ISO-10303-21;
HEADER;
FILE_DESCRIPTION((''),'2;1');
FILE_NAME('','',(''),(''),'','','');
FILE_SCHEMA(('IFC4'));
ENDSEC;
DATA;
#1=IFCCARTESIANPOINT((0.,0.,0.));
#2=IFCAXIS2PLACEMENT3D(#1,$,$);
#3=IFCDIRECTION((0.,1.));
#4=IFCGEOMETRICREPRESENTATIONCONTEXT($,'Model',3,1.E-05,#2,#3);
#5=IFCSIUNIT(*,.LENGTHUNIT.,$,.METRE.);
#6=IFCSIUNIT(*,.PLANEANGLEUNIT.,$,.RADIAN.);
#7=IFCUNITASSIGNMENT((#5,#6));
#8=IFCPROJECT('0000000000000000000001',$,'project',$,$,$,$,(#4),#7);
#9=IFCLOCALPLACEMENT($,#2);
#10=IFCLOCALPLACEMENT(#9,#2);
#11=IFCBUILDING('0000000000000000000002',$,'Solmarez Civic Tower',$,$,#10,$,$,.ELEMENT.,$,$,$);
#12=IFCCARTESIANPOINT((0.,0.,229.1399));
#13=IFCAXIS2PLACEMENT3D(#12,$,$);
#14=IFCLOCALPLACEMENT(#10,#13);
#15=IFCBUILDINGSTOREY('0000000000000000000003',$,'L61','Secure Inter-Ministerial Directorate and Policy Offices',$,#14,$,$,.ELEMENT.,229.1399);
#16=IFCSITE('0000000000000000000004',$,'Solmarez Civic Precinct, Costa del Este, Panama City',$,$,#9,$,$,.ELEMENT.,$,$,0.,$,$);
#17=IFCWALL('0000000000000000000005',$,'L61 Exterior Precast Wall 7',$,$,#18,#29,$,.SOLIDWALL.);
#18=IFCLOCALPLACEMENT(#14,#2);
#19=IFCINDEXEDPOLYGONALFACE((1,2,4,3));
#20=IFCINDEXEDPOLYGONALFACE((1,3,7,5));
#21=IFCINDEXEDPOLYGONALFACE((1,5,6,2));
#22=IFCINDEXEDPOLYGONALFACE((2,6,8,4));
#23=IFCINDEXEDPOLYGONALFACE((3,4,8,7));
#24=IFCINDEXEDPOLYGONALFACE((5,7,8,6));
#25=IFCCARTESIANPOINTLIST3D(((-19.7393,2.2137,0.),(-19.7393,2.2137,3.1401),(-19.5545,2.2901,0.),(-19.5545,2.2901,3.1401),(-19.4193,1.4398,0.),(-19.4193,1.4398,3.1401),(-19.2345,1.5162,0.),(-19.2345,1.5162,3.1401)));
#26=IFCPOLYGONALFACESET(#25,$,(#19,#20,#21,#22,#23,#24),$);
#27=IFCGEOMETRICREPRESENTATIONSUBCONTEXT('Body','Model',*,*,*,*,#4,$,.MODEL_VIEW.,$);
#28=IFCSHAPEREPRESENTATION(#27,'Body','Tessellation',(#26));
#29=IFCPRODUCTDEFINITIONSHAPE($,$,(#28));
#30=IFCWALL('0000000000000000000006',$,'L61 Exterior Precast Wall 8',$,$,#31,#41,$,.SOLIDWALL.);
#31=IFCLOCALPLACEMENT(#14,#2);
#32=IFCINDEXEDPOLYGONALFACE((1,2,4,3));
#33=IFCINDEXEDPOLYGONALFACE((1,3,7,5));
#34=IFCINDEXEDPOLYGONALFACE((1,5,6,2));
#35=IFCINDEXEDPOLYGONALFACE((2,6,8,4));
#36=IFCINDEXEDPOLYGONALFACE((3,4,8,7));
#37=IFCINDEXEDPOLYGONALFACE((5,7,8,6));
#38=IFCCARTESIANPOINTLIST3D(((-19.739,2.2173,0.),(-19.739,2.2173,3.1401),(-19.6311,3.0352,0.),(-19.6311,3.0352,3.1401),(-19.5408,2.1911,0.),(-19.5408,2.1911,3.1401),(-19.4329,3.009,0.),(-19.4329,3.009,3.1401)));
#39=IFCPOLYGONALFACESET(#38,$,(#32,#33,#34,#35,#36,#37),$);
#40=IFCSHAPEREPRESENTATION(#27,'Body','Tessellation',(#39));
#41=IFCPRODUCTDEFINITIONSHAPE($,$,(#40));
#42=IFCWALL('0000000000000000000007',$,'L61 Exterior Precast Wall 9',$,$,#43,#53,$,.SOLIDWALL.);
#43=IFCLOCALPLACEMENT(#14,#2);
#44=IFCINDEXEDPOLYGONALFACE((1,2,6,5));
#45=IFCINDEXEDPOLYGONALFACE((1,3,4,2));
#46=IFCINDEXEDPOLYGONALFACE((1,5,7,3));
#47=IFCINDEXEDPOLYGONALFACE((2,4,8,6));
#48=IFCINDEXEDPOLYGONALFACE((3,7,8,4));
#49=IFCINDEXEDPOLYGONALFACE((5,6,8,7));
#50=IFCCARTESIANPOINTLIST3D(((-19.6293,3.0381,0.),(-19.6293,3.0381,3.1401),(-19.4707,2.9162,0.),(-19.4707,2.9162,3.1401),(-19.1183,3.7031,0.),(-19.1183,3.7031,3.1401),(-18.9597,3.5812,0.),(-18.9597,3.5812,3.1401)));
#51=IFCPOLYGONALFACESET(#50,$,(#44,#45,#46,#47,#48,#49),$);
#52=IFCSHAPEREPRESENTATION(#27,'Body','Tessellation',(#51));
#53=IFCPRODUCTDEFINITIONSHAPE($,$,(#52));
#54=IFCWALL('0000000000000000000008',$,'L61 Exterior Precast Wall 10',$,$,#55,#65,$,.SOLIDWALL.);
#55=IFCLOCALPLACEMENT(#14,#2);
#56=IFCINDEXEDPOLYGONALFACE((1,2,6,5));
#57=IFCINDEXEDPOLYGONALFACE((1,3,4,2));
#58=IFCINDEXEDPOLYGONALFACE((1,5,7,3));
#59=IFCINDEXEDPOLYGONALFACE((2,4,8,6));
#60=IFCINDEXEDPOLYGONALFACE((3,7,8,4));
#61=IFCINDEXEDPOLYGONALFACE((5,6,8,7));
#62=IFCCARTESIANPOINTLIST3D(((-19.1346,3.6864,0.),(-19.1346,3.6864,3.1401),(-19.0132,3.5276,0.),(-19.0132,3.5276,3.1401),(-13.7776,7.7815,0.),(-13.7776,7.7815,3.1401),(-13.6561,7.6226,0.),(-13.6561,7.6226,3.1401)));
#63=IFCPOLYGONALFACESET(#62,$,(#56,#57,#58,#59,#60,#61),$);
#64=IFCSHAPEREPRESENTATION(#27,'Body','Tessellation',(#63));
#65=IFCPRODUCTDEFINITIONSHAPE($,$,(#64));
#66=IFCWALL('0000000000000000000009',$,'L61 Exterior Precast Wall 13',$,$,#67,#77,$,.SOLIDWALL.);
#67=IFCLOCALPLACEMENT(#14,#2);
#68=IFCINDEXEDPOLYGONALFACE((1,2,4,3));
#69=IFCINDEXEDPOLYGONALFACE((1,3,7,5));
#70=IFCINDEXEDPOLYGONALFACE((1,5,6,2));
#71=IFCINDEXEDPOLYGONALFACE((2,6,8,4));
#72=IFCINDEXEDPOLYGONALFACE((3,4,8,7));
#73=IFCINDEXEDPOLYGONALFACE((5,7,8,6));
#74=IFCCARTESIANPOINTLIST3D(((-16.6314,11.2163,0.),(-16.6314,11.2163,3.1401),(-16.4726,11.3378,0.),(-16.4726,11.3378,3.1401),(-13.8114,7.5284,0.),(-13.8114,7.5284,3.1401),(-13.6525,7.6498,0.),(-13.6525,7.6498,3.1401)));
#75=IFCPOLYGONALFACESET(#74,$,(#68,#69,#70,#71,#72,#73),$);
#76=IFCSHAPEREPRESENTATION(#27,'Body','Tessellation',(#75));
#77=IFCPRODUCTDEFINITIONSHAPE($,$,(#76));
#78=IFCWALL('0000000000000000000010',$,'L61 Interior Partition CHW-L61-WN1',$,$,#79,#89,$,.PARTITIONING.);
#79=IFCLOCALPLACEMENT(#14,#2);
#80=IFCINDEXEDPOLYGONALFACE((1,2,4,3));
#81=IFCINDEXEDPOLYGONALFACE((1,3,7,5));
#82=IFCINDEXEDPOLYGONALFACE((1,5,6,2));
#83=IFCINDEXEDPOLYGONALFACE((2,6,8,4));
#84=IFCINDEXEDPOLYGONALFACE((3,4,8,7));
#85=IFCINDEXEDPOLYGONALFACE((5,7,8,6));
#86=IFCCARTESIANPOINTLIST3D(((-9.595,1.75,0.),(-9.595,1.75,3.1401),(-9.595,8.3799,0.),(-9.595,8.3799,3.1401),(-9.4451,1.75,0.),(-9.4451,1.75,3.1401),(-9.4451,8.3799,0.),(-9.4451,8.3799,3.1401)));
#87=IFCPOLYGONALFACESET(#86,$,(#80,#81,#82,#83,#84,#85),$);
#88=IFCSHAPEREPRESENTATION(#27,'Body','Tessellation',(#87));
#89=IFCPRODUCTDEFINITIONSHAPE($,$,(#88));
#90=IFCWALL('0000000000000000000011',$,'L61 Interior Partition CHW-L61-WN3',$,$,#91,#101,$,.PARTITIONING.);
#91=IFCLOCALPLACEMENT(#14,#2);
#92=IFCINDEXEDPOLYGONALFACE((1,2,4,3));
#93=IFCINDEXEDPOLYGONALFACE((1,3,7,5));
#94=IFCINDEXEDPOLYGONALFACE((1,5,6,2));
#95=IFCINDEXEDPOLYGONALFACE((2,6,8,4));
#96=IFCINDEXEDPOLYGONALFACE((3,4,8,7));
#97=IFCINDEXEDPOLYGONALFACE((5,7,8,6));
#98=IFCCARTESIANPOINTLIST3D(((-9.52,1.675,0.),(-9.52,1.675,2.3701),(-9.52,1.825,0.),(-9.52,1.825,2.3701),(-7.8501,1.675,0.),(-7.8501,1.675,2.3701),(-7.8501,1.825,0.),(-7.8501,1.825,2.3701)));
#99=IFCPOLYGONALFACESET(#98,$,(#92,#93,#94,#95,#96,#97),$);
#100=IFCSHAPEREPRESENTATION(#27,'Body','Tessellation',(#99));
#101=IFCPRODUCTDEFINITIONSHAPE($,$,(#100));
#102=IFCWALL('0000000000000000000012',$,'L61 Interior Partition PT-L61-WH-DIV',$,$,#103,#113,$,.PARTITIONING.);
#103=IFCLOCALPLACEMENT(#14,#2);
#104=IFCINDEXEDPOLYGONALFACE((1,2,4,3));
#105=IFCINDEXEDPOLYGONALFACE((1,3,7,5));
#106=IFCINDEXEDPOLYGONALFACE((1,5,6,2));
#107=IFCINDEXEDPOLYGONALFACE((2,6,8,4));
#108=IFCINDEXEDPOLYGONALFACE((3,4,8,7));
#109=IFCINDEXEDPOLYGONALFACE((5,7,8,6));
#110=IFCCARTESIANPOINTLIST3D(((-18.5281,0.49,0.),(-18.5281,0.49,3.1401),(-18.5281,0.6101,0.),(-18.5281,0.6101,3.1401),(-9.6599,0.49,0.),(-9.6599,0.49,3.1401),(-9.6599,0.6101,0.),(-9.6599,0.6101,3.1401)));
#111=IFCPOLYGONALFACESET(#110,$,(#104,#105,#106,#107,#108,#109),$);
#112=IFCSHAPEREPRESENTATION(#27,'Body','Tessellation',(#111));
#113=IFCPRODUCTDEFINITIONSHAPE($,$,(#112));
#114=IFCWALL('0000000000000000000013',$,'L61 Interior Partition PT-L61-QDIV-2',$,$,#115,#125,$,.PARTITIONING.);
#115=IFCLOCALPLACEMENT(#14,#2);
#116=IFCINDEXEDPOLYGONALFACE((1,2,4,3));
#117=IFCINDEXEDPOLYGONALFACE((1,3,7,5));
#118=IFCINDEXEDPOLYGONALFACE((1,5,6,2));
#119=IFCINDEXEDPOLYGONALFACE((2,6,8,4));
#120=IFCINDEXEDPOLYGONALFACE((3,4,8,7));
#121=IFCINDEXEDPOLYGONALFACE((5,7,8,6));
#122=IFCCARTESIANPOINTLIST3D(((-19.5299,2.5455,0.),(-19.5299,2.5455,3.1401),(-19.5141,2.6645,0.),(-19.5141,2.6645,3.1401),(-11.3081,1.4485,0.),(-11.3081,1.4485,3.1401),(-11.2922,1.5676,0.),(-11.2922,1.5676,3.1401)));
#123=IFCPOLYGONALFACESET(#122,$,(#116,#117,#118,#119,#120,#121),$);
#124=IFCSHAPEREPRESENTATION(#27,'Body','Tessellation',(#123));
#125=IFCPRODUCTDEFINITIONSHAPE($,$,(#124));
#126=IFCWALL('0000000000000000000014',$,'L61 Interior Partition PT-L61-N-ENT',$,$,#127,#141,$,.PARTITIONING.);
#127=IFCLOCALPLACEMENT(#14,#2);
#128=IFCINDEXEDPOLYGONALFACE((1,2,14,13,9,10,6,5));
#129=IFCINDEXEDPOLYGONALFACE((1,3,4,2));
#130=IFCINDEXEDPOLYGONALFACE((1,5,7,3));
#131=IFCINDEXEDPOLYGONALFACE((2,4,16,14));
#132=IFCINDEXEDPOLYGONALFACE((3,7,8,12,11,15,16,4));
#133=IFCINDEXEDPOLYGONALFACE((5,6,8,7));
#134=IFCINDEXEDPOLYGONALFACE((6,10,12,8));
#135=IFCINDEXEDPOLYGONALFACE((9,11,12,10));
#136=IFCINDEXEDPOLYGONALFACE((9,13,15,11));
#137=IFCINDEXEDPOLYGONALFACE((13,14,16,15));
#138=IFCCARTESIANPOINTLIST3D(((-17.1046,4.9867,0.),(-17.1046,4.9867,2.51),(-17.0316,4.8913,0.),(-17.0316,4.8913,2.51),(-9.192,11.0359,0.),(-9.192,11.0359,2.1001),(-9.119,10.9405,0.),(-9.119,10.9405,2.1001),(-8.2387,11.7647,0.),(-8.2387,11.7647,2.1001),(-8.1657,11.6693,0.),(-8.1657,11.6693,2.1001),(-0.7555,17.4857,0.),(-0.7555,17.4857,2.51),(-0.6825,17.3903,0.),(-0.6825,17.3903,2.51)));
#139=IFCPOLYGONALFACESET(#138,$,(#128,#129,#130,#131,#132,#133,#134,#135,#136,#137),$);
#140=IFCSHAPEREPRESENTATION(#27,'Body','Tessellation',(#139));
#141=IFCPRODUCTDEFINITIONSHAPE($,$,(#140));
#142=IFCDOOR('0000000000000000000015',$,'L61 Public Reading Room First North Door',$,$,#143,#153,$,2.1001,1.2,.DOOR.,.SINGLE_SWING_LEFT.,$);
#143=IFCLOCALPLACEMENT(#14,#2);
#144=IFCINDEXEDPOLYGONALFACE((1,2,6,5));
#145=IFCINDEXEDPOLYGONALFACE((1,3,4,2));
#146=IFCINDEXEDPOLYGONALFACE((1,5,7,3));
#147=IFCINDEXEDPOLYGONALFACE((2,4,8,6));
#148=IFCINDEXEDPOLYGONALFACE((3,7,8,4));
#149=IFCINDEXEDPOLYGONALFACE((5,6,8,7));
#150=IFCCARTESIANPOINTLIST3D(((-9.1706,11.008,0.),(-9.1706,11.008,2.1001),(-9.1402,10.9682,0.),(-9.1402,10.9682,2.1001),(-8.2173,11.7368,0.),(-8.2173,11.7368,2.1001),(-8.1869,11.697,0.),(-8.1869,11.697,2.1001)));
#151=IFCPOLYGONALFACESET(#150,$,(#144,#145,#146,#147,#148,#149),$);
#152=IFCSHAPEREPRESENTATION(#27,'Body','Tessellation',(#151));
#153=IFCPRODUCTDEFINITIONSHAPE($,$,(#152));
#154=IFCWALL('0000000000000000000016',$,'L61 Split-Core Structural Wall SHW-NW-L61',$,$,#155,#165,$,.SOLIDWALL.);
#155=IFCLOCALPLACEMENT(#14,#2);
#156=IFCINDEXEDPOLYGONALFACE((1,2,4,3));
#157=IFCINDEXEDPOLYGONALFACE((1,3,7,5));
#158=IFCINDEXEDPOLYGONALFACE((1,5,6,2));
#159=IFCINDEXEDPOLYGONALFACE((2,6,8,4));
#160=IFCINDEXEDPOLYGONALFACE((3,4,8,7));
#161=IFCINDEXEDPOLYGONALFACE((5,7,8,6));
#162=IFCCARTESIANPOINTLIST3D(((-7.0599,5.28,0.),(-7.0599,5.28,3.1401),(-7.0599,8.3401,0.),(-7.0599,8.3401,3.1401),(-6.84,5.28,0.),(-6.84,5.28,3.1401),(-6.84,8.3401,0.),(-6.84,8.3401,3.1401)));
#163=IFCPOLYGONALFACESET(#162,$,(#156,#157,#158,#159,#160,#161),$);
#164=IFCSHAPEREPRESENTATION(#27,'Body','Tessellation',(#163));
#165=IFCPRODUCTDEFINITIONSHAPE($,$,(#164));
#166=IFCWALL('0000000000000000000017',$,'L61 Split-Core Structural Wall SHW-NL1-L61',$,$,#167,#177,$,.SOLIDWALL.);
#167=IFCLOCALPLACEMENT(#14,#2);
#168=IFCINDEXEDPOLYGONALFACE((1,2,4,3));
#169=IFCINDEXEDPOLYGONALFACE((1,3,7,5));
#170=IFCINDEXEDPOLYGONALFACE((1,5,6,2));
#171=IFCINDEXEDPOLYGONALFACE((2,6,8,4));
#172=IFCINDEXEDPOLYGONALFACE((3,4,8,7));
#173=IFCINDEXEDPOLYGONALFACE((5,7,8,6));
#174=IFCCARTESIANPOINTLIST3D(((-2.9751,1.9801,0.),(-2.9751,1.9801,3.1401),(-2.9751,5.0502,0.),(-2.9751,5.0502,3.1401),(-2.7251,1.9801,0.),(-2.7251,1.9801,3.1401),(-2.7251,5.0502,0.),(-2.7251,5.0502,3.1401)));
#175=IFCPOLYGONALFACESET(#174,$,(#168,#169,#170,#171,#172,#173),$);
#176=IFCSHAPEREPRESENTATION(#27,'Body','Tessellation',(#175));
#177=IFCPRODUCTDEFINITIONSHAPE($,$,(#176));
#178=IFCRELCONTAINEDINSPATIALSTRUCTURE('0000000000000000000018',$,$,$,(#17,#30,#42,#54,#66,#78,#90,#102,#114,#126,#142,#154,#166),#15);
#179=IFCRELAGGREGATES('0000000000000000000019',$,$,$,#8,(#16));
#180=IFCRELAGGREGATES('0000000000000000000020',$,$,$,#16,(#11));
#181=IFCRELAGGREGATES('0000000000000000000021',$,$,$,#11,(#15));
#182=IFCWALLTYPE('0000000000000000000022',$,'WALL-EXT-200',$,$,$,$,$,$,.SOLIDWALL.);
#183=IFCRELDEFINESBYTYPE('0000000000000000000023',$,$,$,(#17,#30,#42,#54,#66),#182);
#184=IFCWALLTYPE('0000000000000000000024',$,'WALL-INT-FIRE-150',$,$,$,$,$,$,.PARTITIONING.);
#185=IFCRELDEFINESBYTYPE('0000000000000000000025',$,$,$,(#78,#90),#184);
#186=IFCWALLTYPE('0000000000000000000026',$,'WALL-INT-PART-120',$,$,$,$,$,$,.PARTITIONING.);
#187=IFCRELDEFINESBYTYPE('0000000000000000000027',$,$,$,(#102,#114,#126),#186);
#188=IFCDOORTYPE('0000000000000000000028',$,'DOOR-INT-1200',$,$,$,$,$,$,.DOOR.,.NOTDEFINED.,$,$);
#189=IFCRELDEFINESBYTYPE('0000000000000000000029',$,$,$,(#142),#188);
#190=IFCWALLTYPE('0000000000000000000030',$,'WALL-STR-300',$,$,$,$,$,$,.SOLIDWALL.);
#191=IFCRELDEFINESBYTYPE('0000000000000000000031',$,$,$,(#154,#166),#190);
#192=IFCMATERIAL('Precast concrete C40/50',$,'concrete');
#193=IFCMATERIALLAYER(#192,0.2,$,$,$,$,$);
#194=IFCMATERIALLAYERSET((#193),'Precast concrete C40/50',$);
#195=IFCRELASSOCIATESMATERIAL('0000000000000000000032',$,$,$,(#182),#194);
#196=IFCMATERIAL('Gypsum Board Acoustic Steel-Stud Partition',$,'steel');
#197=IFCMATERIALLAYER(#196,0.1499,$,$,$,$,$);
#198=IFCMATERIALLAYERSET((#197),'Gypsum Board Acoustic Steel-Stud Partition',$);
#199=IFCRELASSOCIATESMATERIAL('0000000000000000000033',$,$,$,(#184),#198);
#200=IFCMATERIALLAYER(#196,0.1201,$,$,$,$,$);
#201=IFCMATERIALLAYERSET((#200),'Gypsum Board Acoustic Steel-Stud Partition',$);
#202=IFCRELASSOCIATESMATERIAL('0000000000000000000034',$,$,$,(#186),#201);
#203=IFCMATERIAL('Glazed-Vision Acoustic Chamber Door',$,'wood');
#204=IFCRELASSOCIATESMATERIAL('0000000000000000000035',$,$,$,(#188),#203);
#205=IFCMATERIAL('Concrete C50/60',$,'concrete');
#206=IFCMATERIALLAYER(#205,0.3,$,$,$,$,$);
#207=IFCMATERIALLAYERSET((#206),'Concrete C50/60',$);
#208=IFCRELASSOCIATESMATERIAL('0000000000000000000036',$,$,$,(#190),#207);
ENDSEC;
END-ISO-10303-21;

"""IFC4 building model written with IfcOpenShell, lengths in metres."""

from ifc_helpers import new_model, si_unit, direction, frame, frame_2d, origin, place, context, subcontext, project, spatial, rectangle, extrude, material, layer, layer_set, type_object, element, fill, save


model = new_model("IFC4")

# Units and contexts
model_context = context("Model", 3, precision=1e-05, world=origin(), true_north=direction((0.0, 1.0)))
body_context = subcontext(model_context, "Body", "Model", "MODEL_VIEW")
ifc_project = project(units=[si_unit("LENGTHUNIT", "METRE"), si_unit("PLANEANGLEUNIT", "RADIAN")], contexts=[model_context])

# Site, building, storey
site_placement = place(None, origin())
site = spatial("IfcSite", under=ifc_project, at=site_placement, Name="Solmarez Civic Precinct, Costa del Este, Panama City", CompositionType="ELEMENT", RefElevation=0.0)
building_placement = place(site_placement, origin())
building = spatial("IfcBuilding", under=site, at=building_placement, Name="Solmarez Civic Tower", CompositionType="ELEMENT")
storey_placement = place(building_placement, frame((0.0, 0.0, 229.1399)))
storey = spatial("IfcBuildingStorey", under=building, at=storey_placement, Name="L61", Description="Secure Inter-Ministerial Directorate and Policy Offices", CompositionType="ELEMENT", Elevation=229.1399)

# Shared definitions
ifc_material_1 = material(Name="Concrete C50/60", Category="concrete")

# Walls
ifc_material_2 = material(Name="Precast concrete C40/50", Category="concrete")
ifc_layer_1 = layer(ifc_material_2, 0.2)
ifc_layer_set_1 = layer_set([ifc_layer_1], Name="Precast concrete C40/50")
wall_type_1 = type_object("IfcWallType", Name="WALL-EXT-200", PredefinedType="SOLIDWALL", material=ifc_layer_set_1)
wall_1_placement = place(storey_placement, frame((-19.3269, 1.478, 0.0), z_axis=(0.0, 0.0, 1.0), x_axis=(-0.382172, 0.924091, 0.0)))
element("IfcWall", 1, at=wall_1_placement, inside=storey, type_object=wall_type_1, Name="L61 Exterior Precast Wall 7", PredefinedType="SOLIDWALL", context=body_context, shape_type="SweptSolid", body=[
    extrude(rectangle(XDim=0.8374, YDim=0.2, at=frame_2d((0.4187, 0.0))), origin(), (0.0, 0.0, 1.0), 3.1401),
])
wall_2_placement = place(storey_placement, frame((-19.6399, 2.2041, 0.0), z_axis=(0.0, 0.0, 1.0), x_axis=(0.130807, 0.991408, 0.0)))
element("IfcWall", 2, at=wall_2_placement, inside=storey, type_object=wall_type_1, Name="L61 Exterior Precast Wall 8", PredefinedType="SOLIDWALL", context=body_context, shape_type="SweptSolid", body=[
    extrude(rectangle(XDim=0.825, YDim=0.2, at=frame_2d((0.4126, 0.0))), origin(), (0.0, 0.0, 1.0), 3.1401),
])
wall_3_placement = place(storey_placement, frame((-19.55, 2.9771, 0.0), z_axis=(0.0, 0.0, 1.0), x_axis=(0.609275, 0.792959, 0.0)))
element("IfcWall", 3, at=wall_3_placement, inside=storey, type_object=wall_type_1, Name="L61 Exterior Precast Wall 9", PredefinedType="SOLIDWALL", context=body_context, shape_type="SweptSolid", body=[
    extrude(rectangle(XDim=0.8386, YDim=0.2, at=frame_2d((0.4194, 0.0))), origin(), (0.0, 0.0, 1.0), 3.1401),
])
wall_4_placement = place(storey_placement, frame((-19.074, 3.6069, 0.0), z_axis=(0.0, 0.0, 1.0), x_axis=(0.794466, 0.607309, 0.0)))
element("IfcWall", 4, at=wall_4_placement, inside=storey, type_object=wall_type_1, Name="L61 Exterior Precast Wall 10", PredefinedType="SOLIDWALL", context=body_context, shape_type="SweptSolid", body=[
    extrude(rectangle(XDim=6.7429, YDim=0.2, at=frame_2d((3.3716, 0.0))), origin(), (0.0, 0.0, 1.0), 3.1401),
])
wall_5_placement = place(storey_placement, frame((-13.7319, 7.5891, 0.0), z_axis=(0.0, 0.0, 1.0), x_axis=(-0.607429, 0.794374, 0.0)))
element("IfcWall", 5, at=wall_5_placement, inside=storey, type_object=wall_type_1, Name="L61 Exterior Precast Wall 13", PredefinedType="SOLIDWALL", context=body_context, shape_type="SweptSolid", body=[
    extrude(rectangle(XDim=4.6426, YDim=0.2, at=frame_2d((2.3213, 0.0))), origin(), (0.0, 0.0, 1.0), 3.1401),
])
ifc_material_3 = material(Name="Gypsum Board Acoustic Steel-Stud Partition", Category="steel")
ifc_layer_2 = layer(ifc_material_3, 0.1499)
ifc_layer_set_2 = layer_set([ifc_layer_2], Name="Gypsum Board Acoustic Steel-Stud Partition")
wall_type_2 = type_object("IfcWallType", Name="WALL-INT-FIRE-150", PredefinedType="PARTITIONING", material=ifc_layer_set_2)
wall_6_placement = place(storey_placement, frame((-9.52, 1.75, 0.0), z_axis=(0.0, 0.0, 1.0), x_axis=(0.0, 1.0, 0.0)))
element("IfcWall", 6, at=wall_6_placement, inside=storey, type_object=wall_type_2, Name="L61 Interior Partition CHW-L61-WN1", PredefinedType="PARTITIONING", context=body_context, shape_type="SweptSolid", body=[
    extrude(rectangle(XDim=6.6299, YDim=0.1499, at=frame_2d((3.3149, 0.0))), origin(), (0.0, 0.0, 1.0), 3.1401),
])
wall_7_placement = place(storey_placement, frame((-7.8501, 1.75, 0.0), z_axis=(0.0, 0.0, 1.0), x_axis=(-1.0, 0.0, 0.0)))
element("IfcWall", 7, at=wall_7_placement, inside=storey, type_object=wall_type_2, Name="L61 Interior Partition CHW-L61-WN3", PredefinedType="PARTITIONING", context=body_context, shape_type="SweptSolid", body=[
    extrude(rectangle(XDim=1.6699, YDim=0.1499, at=frame_2d((0.835, 0.0))), origin(), (0.0, 0.0, 1.0), 2.3701),
])
ifc_layer_3 = layer(ifc_material_3, 0.1201)
ifc_layer_set_3 = layer_set([ifc_layer_3], Name="Gypsum Board Acoustic Steel-Stud Partition")
wall_type_3 = type_object("IfcWallType", Name="WALL-INT-PART-120", PredefinedType="PARTITIONING", material=ifc_layer_set_3)
wall_8_placement = place(storey_placement, frame((-18.5281, 0.55, 0.0), z_axis=(0.0, 0.0, 1.0), x_axis=(1.0, 0.0, 0.0)))
element("IfcWall", 8, at=wall_8_placement, inside=storey, type_object=wall_type_3, Name="L61 Interior Partition PT-L61-WH-DIV", PredefinedType="PARTITIONING", context=body_context, shape_type="SweptSolid", body=[
    extrude(rectangle(XDim=8.8682, YDim=0.1201, at=frame_2d((4.4341, 0.0))), origin(), (0.0, 0.0, 1.0), 3.1401),
])
wall_9_placement = place(storey_placement, frame((-11.3, 1.5081, 0.0), z_axis=(0.0, 0.0, 1.0), x_axis=(-0.991217, 0.132243, 0.0)))
element("IfcWall", 9, at=wall_9_placement, inside=storey, type_object=wall_type_3, Name="L61 Interior Partition PT-L61-QDIV-2", PredefinedType="PARTITIONING", context=body_context, shape_type="SweptSolid", body=[
    extrude(rectangle(XDim=8.2947, YDim=0.1201, at=frame_2d((4.1475, 0.0))), origin(), (0.0, 0.0, 1.0), 3.1401),
])

# Wall, opening, door
wall_10_placement = place(storey_placement, frame((-17.0681, 4.939, 0.0), z_axis=(0.0, 0.0, 1.0), x_axis=(0.794434, 0.607351, 0.0)))
wall_10 = element("IfcWall", 10, at=wall_10_placement, inside=storey, type_object=wall_type_3, Name="L61 Interior Partition PT-L61-N-ENT", PredefinedType="PARTITIONING", context=body_context, shape_type="SweptSolid", body=[
    extrude(rectangle(XDim=20.5796, YDim=0.1201, at=frame_2d((10.2898, 0.0))), origin(), (0.0, 0.0, 1.0), 2.51),
])
opening_placement = place(wall_10_placement, frame((9.96, 0.0, 0.0)))
opening = element("IfcOpeningElement", 11, at=opening_placement, cuts=wall_10, PredefinedType="OPENING", context=body_context, shape_type="SweptSolid", body=[
    extrude(rectangle(XDim=1.2, YDim=2.1001, at=frame_2d((0.6001, 1.05))), frame((0.0, 0.0701, 0.0), z_axis=(0.0, -1.0, 0.0), x_axis=(1.0, 0.0, 0.0)), (0.0, 0.0, 1.0), 0.1401),
])
ifc_material_4 = material(Name="Glazed-Vision Acoustic Chamber Door", Category="wood")
door_type = type_object("IfcDoorType", Name="DOOR-INT-1200", OperationType="NOTDEFINED", PredefinedType="DOOR", material=ifc_material_4)
door_placement = place(opening_placement, origin())
door = element("IfcDoor", 12, at=door_placement, inside=storey, type_object=door_type, Name="L61 Public Reading Room First North Door", OperationType="SINGLE_SWING_LEFT", OverallHeight=2.1001, OverallWidth=1.2, PredefinedType="DOOR", context=body_context, shape_type="SweptSolid", body=[
    extrude(rectangle(XDim=1.2, YDim=2.1001, at=frame_2d((0.6001, 1.05))), frame((0.0, 0.0249, 0.0), z_axis=(0.0, -1.0, 0.0), x_axis=(1.0, 0.0, 0.0)), (0.0, 0.0, 1.0), 0.05),
])
fill(opening, door)

# Walls
ifc_layer_4 = layer(ifc_material_1, 0.3)
ifc_layer_set_4 = layer_set([ifc_layer_4], Name="Concrete C50/60")
wall_type_4 = type_object("IfcWallType", Name="WALL-STR-300", PredefinedType="SOLIDWALL", material=ifc_layer_set_4)
wall_11_placement = place(storey_placement, frame((-6.95, 5.28, 0.0), z_axis=(0.0, 0.0, 1.0), x_axis=(0.0, 1.0, 0.0)))
element("IfcWall", 13, at=wall_11_placement, inside=storey, type_object=wall_type_4, Name="L61 Split-Core Structural Wall SHW-NW-L61", PredefinedType="SOLIDWALL", context=body_context, shape_type="SweptSolid", body=[
    extrude(rectangle(XDim=3.0601, YDim=0.22, at=frame_2d((1.53, 0.0))), origin(), (0.0, 0.0, 1.0), 3.1401),
])
wall_12_placement = place(storey_placement, frame((-2.8501, 1.98, 0.0), z_axis=(0.0, 0.0, 1.0), x_axis=(0.0, 1.0, 0.0)))
element("IfcWall", 14, at=wall_12_placement, inside=storey, type_object=wall_type_4, Name="L61 Split-Core Structural Wall SHW-NL1-L61", PredefinedType="SOLIDWALL", context=body_context, shape_type="SweptSolid", body=[
    extrude(rectangle(XDim=3.0701, YDim=0.25, at=frame_2d((1.5352, 0.0))), origin(), (0.0, 0.0, 1.0), 3.1401),
])

save(model, "model.ifc")
